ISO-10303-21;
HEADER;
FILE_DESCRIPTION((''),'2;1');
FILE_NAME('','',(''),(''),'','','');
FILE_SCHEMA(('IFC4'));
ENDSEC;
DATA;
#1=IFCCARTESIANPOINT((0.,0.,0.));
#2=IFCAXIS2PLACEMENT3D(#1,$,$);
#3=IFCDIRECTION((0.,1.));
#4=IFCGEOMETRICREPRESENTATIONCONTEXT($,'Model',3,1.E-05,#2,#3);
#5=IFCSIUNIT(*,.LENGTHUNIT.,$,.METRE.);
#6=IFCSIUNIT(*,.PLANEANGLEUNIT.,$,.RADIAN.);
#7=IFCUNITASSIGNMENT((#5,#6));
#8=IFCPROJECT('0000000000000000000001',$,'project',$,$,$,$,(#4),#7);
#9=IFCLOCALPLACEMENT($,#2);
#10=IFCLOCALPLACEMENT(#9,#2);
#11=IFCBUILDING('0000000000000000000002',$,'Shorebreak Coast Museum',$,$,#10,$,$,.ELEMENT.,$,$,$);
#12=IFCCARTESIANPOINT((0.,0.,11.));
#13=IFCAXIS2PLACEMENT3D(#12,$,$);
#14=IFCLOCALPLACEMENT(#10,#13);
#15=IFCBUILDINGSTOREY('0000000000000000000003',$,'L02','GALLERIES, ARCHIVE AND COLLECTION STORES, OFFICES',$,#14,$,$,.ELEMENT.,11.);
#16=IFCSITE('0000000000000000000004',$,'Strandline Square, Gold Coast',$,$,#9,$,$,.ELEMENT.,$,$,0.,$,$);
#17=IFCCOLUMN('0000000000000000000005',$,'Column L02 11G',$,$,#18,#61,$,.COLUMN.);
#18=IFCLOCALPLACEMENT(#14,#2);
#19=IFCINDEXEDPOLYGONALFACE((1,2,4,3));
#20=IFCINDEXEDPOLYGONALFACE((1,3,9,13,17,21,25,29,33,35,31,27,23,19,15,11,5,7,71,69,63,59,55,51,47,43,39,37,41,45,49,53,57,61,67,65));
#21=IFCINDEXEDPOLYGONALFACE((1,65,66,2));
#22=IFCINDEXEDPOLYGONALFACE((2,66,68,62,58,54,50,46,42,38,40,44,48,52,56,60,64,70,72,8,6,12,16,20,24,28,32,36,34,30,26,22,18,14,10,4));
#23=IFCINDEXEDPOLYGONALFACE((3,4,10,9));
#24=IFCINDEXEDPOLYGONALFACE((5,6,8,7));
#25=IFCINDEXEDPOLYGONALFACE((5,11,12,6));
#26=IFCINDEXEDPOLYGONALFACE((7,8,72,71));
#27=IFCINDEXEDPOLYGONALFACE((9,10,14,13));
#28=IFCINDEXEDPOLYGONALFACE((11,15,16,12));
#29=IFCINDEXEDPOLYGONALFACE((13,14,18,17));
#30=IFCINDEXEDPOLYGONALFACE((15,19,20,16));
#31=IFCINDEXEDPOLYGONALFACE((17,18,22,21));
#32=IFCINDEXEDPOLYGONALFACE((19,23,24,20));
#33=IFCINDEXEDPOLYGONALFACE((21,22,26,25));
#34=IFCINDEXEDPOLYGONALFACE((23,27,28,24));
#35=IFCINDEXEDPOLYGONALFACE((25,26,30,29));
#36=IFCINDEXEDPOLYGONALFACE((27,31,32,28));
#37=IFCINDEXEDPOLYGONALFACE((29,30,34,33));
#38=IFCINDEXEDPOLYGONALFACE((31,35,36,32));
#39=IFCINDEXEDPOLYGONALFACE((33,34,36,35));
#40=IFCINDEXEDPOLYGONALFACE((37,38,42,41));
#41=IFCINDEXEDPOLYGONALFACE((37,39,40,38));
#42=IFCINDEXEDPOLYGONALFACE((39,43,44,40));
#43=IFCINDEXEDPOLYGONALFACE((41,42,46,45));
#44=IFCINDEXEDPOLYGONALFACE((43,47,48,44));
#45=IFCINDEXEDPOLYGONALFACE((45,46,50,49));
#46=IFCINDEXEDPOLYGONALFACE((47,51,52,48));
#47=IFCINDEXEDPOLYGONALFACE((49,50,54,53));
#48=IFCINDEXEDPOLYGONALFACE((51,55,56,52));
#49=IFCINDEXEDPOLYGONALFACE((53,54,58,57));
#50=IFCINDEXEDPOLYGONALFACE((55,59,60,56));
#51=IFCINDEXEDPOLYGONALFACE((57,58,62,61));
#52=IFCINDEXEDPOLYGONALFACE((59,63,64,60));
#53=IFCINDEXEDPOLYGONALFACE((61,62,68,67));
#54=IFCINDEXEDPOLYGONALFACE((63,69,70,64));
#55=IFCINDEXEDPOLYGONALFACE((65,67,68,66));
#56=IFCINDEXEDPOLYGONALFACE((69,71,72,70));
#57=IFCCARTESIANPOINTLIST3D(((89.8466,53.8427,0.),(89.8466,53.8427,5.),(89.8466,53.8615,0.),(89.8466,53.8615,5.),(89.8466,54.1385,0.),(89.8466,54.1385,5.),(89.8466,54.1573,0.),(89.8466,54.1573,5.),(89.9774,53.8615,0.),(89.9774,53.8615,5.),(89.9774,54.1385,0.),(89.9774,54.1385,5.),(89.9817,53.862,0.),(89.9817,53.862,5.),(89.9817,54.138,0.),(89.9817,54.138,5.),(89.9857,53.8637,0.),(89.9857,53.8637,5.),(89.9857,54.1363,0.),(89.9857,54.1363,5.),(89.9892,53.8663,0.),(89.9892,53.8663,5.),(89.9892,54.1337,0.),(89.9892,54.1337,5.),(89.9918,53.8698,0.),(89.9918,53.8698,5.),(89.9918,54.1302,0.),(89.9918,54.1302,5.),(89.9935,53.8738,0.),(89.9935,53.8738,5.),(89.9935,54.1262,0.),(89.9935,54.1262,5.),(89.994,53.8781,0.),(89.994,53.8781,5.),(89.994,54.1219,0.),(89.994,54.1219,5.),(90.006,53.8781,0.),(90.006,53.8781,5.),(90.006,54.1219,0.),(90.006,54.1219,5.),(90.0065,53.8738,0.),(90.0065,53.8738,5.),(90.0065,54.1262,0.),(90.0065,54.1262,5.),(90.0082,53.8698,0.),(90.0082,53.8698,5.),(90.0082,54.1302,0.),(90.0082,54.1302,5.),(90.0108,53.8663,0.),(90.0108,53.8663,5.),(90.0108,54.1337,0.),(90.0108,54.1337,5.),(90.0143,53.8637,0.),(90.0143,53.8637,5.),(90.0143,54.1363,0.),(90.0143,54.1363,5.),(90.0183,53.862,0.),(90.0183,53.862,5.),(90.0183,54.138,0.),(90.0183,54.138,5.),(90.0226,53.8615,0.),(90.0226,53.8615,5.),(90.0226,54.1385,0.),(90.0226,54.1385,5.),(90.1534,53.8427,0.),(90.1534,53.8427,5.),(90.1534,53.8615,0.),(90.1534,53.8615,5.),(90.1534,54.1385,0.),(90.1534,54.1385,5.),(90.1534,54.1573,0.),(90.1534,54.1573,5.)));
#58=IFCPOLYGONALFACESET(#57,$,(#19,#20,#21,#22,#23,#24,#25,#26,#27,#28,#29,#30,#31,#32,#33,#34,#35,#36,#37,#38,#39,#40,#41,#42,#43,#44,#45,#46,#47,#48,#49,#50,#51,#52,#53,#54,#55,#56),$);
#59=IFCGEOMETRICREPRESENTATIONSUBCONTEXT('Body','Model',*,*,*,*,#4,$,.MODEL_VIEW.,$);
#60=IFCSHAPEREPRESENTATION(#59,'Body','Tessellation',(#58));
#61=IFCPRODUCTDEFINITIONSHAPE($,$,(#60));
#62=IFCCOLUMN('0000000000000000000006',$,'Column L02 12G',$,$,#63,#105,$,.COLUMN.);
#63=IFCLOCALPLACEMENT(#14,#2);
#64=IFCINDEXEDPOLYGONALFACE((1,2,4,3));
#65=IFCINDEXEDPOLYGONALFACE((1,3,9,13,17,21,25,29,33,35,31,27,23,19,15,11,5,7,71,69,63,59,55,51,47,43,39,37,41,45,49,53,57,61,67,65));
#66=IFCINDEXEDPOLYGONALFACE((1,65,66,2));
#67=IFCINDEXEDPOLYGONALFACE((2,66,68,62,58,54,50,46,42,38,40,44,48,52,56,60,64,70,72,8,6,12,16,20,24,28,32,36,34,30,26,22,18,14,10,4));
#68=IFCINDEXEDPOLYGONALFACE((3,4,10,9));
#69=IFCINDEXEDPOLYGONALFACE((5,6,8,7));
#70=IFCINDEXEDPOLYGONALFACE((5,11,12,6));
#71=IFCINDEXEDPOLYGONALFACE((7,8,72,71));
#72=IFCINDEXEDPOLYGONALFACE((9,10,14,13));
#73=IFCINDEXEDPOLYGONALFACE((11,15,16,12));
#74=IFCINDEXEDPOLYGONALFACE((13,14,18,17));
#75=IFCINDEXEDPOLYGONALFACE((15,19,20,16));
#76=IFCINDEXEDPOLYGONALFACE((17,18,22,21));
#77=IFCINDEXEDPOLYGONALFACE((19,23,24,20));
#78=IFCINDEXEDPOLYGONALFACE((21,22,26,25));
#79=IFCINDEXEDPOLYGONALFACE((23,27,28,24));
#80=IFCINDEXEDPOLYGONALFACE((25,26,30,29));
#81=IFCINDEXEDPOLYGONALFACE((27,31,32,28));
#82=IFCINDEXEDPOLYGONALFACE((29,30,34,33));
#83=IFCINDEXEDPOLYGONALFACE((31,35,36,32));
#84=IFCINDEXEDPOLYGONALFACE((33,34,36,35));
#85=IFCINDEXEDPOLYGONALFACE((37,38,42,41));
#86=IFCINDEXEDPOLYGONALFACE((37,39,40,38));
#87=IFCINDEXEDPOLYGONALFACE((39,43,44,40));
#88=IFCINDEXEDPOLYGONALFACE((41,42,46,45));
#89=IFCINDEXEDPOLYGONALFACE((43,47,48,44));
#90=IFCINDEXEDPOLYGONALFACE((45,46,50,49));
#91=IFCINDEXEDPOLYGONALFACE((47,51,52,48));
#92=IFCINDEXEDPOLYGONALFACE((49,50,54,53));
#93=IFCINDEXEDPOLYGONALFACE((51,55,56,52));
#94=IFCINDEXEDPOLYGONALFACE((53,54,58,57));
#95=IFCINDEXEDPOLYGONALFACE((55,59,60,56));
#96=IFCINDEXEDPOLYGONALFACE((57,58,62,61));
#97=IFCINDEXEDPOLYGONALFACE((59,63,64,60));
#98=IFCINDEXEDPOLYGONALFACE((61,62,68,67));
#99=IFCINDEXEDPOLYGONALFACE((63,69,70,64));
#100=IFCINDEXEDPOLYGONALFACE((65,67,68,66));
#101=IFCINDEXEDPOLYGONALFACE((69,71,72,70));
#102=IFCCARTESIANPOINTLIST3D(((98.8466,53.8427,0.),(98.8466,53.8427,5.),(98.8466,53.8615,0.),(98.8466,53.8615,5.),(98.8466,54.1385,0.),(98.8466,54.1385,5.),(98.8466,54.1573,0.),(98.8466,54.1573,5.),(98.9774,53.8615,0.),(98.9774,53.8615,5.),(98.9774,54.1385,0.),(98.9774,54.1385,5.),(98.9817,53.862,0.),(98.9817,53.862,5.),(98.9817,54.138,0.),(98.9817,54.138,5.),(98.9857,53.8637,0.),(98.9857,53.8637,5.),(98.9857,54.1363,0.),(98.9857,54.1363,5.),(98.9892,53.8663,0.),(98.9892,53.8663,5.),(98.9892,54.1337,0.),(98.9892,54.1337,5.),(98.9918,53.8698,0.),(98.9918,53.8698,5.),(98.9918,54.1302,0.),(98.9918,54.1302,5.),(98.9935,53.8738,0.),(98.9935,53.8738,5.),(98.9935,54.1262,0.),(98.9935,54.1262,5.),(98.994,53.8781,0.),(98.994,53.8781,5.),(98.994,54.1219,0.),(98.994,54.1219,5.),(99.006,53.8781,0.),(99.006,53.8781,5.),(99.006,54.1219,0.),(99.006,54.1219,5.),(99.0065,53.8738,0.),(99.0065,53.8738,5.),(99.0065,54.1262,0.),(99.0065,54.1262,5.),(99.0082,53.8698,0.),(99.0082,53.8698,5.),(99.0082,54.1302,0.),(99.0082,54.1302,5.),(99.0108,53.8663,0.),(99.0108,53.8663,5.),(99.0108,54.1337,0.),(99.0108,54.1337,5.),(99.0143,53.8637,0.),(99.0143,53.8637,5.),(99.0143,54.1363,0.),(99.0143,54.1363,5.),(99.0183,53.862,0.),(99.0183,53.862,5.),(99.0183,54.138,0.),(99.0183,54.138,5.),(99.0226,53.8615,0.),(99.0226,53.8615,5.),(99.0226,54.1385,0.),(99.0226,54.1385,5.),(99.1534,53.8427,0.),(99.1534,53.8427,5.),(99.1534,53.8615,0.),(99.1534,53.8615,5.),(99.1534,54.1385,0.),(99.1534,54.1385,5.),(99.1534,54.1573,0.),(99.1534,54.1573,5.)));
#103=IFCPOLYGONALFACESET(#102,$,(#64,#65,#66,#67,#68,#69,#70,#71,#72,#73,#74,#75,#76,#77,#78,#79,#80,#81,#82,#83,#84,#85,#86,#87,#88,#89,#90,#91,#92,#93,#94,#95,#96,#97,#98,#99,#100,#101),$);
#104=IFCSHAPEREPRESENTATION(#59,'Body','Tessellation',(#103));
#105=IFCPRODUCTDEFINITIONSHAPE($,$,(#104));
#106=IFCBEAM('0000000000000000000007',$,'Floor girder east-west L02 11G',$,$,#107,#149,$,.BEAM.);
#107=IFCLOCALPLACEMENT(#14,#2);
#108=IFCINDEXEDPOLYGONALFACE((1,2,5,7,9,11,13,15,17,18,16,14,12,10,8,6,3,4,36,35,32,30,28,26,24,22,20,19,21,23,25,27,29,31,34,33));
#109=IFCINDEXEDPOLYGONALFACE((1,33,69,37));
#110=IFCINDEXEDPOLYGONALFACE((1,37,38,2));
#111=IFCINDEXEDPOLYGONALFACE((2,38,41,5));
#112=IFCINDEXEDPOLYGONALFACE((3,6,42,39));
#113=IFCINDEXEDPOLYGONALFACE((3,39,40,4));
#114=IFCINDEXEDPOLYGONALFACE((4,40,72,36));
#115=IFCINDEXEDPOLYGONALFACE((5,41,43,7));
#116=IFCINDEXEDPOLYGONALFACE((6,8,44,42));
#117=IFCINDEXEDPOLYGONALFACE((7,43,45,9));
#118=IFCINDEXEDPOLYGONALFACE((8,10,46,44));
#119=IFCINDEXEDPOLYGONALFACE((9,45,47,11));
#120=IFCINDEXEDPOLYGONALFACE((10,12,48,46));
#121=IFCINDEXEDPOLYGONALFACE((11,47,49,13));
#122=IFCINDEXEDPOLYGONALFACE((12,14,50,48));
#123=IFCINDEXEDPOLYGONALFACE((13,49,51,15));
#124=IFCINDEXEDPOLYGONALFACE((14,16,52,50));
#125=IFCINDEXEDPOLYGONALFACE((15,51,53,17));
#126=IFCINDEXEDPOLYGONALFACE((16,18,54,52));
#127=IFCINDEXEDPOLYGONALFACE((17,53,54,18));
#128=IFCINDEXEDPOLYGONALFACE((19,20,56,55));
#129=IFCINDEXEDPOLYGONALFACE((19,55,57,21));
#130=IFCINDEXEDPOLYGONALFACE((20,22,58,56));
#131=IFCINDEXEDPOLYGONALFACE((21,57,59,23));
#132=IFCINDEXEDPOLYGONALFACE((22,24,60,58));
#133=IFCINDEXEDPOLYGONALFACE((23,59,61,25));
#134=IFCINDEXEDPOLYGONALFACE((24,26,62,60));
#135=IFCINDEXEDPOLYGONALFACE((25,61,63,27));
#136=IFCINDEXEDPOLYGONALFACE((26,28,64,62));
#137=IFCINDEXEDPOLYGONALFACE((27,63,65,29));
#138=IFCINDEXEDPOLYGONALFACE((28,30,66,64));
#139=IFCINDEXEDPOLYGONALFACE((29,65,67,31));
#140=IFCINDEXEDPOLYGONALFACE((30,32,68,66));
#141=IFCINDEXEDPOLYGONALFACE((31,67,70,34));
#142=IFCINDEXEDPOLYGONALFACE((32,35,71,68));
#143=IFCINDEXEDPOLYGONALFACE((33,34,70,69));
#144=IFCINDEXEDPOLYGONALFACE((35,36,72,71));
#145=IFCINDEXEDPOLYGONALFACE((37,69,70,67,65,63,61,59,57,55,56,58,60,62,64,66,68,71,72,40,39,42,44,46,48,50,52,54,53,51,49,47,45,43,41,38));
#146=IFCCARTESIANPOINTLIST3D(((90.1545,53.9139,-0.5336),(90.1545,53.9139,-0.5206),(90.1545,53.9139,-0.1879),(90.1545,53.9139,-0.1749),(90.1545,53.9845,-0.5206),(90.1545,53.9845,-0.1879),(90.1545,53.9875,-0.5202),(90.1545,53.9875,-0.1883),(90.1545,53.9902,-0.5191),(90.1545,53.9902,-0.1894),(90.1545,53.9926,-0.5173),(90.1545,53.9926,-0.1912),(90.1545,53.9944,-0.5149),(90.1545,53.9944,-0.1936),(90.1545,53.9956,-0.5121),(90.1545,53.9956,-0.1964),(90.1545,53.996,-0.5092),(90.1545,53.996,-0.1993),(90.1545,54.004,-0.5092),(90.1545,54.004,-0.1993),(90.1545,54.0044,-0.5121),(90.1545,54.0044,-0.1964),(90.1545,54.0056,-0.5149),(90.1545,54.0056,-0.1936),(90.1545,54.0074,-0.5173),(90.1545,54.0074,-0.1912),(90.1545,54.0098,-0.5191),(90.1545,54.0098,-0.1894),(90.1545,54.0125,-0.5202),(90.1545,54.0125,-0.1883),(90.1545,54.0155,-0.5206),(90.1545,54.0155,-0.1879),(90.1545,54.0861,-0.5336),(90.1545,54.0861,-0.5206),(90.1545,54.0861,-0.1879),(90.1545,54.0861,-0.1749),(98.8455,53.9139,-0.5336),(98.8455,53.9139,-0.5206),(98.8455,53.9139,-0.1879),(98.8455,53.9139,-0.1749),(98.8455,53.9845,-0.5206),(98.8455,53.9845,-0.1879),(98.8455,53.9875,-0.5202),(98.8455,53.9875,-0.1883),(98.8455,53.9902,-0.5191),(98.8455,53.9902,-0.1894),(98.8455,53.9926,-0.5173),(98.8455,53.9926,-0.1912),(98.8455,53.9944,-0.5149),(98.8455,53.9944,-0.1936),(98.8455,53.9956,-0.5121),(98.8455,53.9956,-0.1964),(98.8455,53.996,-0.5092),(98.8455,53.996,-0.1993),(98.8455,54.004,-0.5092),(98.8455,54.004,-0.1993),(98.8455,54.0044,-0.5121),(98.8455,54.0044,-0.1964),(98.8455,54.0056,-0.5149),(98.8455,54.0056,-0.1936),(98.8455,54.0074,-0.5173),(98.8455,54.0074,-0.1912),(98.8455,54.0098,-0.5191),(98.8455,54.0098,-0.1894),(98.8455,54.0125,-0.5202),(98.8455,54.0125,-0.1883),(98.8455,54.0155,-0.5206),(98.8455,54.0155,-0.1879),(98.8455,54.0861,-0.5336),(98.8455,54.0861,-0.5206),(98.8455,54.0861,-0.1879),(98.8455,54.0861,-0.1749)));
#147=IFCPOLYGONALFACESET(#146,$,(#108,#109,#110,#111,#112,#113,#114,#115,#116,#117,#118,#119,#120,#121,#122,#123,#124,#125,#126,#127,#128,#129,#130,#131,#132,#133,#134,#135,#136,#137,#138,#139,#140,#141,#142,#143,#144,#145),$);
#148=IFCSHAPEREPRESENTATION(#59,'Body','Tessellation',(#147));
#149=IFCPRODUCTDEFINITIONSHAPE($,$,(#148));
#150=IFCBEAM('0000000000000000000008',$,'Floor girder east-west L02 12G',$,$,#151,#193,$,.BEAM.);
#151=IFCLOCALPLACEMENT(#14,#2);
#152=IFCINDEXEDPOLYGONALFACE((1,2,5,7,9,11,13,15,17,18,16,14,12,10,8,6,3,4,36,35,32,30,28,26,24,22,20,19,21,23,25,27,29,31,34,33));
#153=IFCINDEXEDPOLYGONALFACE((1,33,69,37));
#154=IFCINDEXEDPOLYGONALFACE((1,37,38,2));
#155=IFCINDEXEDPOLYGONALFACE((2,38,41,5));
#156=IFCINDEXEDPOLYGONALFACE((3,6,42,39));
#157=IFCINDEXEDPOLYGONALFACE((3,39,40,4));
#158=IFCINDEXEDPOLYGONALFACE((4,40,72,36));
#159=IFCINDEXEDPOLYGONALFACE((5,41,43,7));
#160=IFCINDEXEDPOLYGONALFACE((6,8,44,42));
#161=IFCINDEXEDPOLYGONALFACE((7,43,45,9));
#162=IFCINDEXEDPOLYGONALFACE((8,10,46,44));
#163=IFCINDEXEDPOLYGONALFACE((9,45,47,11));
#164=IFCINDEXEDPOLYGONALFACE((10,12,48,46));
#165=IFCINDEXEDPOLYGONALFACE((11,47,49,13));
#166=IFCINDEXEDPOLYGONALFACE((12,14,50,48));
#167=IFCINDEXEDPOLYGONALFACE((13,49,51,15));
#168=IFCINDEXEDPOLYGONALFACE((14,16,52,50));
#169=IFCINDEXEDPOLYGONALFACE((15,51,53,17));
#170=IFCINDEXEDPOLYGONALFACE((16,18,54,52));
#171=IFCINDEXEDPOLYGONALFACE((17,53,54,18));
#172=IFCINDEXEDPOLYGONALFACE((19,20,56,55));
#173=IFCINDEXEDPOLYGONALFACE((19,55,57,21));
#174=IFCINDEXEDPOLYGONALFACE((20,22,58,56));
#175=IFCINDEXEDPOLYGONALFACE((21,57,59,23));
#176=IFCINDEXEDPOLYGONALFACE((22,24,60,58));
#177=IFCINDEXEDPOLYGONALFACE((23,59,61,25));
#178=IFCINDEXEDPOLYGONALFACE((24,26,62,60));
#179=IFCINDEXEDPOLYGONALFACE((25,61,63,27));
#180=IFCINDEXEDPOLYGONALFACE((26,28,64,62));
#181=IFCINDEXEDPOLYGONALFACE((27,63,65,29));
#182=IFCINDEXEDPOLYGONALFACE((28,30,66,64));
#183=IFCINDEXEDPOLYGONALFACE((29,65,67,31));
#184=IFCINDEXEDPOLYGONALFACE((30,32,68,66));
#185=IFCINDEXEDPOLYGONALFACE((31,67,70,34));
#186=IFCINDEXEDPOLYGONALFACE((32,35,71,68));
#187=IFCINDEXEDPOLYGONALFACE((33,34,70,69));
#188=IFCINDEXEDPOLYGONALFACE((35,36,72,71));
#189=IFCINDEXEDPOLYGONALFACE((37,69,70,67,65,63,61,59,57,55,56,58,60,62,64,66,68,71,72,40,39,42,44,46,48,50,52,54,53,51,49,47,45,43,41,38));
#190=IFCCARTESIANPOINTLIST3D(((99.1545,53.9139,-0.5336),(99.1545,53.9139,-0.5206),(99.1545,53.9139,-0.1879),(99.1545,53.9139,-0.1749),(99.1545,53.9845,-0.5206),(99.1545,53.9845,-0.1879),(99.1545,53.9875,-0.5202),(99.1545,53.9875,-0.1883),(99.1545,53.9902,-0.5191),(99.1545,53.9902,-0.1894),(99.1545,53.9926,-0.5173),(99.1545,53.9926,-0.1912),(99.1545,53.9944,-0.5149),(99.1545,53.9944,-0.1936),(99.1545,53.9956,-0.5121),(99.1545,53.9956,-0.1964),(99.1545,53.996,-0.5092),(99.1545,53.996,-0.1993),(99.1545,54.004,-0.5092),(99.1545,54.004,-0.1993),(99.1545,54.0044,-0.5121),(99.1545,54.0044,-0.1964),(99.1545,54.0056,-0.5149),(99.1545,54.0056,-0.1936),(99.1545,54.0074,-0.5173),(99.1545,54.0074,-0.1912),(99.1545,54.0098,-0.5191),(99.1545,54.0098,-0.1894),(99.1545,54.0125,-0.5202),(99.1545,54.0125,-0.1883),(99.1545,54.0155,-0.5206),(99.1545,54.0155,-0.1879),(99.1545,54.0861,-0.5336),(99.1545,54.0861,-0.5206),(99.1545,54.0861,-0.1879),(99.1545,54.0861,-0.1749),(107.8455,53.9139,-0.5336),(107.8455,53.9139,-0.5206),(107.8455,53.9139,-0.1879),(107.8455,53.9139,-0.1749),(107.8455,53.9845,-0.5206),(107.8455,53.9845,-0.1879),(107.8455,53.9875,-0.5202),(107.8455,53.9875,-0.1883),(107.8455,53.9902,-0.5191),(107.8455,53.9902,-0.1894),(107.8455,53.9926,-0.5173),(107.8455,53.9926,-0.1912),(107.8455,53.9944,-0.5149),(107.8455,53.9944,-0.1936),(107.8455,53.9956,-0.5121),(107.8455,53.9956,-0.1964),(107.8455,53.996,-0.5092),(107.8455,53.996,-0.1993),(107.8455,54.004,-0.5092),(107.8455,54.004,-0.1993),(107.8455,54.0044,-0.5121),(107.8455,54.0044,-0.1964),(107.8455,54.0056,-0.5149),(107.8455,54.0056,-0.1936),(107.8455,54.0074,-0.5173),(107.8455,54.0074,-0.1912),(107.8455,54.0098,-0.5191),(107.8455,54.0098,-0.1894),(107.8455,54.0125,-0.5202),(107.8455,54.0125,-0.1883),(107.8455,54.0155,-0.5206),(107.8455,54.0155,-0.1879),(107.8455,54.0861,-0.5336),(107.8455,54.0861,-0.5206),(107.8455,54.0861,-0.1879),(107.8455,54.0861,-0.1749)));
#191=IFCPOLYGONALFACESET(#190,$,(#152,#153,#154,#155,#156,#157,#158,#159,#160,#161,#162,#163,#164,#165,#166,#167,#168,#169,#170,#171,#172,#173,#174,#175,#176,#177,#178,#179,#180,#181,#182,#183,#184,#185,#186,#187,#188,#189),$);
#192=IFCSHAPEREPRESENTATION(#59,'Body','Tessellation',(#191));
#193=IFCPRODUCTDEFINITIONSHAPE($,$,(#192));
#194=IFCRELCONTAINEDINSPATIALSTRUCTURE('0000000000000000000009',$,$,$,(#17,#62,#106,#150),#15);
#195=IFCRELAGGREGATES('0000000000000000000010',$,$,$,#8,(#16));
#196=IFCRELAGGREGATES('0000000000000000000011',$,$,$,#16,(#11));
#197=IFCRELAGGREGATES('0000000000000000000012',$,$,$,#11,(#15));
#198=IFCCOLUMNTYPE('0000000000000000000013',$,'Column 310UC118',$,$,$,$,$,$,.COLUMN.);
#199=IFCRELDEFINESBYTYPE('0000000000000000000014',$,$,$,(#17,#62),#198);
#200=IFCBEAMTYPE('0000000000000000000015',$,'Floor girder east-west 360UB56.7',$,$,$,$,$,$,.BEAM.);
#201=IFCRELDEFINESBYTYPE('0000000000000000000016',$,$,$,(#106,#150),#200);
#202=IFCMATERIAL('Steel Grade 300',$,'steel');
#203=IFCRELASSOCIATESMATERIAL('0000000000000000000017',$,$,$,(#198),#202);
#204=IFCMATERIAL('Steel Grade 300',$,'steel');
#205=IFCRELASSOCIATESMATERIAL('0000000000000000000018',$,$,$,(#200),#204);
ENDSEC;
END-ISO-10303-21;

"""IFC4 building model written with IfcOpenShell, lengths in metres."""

from ifc_helpers import new_model, si_unit, direction, frame, origin, origin_2d, place, context, subcontext, project, spatial, i_section, extrude, material, material_profile, profile_set, type_object, element, save


model = new_model("IFC4")

# Units and contexts
model_context = context("Model", 3, precision=1e-05, world=origin(), true_north=direction((0.0, 1.0)))
body_context = subcontext(model_context, "Body", "Model", "MODEL_VIEW")
ifc_project = project(units=[si_unit("LENGTHUNIT", "METRE"), si_unit("PLANEANGLEUNIT", "RADIAN")], contexts=[model_context])

# Site, building, storey
site_placement = place(None, origin())
site = spatial("IfcSite", under=ifc_project, at=site_placement, Name="Strandline Square, Gold Coast", CompositionType="ELEMENT", RefElevation=0.0)
building_placement = place(site_placement, origin())
building = spatial("IfcBuilding", under=site, at=building_placement, Name="Shorebreak Coast Museum", CompositionType="ELEMENT")
storey_placement = place(building_placement, frame((0.0, 0.0, 11.0)))
storey = spatial("IfcBuildingStorey", under=building, at=storey_placement, Name="L02", Description="GALLERIES, ARCHIVE AND COLLECTION STORES, OFFICES", CompositionType="ELEMENT", Elevation=11.0)

# Columns
ifc_material_1 = material(Name="Steel Grade 300", Category="steel")
ifc_material_profile_1 = material_profile(ifc_material_1, i_section(OverallWidth=0.3069, OverallDepth=0.3147, WebThickness=0.012, FlangeThickness=0.0188, FilletRadius=0.0166, at=origin_2d()), Name="310UC118")
ifc_profile_set_1 = profile_set([ifc_material_profile_1], Name="Steel Grade 300")
column_type = type_object("IfcColumnType", Name="Column 310UC118", PredefinedType="COLUMN", material=ifc_profile_set_1)
for number, where, z_axis, x_axis, name in (
    (1, (90.0, 54.0, 0.0), (0.0, 0.0, 1.0), (1.0, 0.0, 0.0), "Column L02 11G"),
    (2, (99.0, 54.0, 0.0), (0.0, 0.0, 1.0), (1.0, 0.0, 0.0), "Column L02 12G"),
):
    element("IfcColumn", number, at=place(storey_placement, frame(where, z_axis=z_axis, x_axis=x_axis)), inside=storey, type_object=column_type, Name=name, PredefinedType="COLUMN", context=body_context, shape_type="SweptSolid", body=[
        extrude(i_section(OverallWidth=0.3069, OverallDepth=0.3147, WebThickness=0.012, FlangeThickness=0.0188, FilletRadius=0.0166, at=origin_2d()), origin(), (0.0, 0.0, 1.0), 5.0),
    ])

# Beams
ifc_material_2 = material(Name="Steel Grade 300", Category="steel")
ifc_material_profile_2 = material_profile(ifc_material_2, i_section(OverallWidth=0.1721, OverallDepth=0.3586, WebThickness=0.0081, FlangeThickness=0.0129, FilletRadius=0.0115, at=origin_2d()), Name="360UB56.7")
ifc_profile_set_2 = profile_set([ifc_material_profile_2], Name="Steel Grade 300")
beam_type_1 = type_object("IfcBeamType", Name="Floor girder east-west 360UB56.7", PredefinedType="BEAM", material=ifc_profile_set_2)
for number, where, z_axis, x_axis, name in (
    (3, (90.1545, 54.0, -0.3542), (1.0, 0.0, 0.0), (0.0, 1.0, 0.0), "Floor girder east-west L02 11G"),
    (4, (99.1545, 54.0, -0.3542), (1.0, 0.0, 0.0), (0.0, 1.0, 0.0), "Floor girder east-west L02 12G"),
):
    element("IfcBeam", number, at=place(storey_placement, frame(where, z_axis=z_axis, x_axis=x_axis)), inside=storey, type_object=beam_type_1, Name=name, PredefinedType="BEAM", context=body_context, shape_type="SweptSolid", body=[
        extrude(i_section(OverallWidth=0.1721, OverallDepth=0.3586, WebThickness=0.0081, FlangeThickness=0.0129, FilletRadius=0.0115, at=origin_2d()), origin(), (0.0, 0.0, 1.0), 8.6909),
    ])

save(model, "model.ifc")
